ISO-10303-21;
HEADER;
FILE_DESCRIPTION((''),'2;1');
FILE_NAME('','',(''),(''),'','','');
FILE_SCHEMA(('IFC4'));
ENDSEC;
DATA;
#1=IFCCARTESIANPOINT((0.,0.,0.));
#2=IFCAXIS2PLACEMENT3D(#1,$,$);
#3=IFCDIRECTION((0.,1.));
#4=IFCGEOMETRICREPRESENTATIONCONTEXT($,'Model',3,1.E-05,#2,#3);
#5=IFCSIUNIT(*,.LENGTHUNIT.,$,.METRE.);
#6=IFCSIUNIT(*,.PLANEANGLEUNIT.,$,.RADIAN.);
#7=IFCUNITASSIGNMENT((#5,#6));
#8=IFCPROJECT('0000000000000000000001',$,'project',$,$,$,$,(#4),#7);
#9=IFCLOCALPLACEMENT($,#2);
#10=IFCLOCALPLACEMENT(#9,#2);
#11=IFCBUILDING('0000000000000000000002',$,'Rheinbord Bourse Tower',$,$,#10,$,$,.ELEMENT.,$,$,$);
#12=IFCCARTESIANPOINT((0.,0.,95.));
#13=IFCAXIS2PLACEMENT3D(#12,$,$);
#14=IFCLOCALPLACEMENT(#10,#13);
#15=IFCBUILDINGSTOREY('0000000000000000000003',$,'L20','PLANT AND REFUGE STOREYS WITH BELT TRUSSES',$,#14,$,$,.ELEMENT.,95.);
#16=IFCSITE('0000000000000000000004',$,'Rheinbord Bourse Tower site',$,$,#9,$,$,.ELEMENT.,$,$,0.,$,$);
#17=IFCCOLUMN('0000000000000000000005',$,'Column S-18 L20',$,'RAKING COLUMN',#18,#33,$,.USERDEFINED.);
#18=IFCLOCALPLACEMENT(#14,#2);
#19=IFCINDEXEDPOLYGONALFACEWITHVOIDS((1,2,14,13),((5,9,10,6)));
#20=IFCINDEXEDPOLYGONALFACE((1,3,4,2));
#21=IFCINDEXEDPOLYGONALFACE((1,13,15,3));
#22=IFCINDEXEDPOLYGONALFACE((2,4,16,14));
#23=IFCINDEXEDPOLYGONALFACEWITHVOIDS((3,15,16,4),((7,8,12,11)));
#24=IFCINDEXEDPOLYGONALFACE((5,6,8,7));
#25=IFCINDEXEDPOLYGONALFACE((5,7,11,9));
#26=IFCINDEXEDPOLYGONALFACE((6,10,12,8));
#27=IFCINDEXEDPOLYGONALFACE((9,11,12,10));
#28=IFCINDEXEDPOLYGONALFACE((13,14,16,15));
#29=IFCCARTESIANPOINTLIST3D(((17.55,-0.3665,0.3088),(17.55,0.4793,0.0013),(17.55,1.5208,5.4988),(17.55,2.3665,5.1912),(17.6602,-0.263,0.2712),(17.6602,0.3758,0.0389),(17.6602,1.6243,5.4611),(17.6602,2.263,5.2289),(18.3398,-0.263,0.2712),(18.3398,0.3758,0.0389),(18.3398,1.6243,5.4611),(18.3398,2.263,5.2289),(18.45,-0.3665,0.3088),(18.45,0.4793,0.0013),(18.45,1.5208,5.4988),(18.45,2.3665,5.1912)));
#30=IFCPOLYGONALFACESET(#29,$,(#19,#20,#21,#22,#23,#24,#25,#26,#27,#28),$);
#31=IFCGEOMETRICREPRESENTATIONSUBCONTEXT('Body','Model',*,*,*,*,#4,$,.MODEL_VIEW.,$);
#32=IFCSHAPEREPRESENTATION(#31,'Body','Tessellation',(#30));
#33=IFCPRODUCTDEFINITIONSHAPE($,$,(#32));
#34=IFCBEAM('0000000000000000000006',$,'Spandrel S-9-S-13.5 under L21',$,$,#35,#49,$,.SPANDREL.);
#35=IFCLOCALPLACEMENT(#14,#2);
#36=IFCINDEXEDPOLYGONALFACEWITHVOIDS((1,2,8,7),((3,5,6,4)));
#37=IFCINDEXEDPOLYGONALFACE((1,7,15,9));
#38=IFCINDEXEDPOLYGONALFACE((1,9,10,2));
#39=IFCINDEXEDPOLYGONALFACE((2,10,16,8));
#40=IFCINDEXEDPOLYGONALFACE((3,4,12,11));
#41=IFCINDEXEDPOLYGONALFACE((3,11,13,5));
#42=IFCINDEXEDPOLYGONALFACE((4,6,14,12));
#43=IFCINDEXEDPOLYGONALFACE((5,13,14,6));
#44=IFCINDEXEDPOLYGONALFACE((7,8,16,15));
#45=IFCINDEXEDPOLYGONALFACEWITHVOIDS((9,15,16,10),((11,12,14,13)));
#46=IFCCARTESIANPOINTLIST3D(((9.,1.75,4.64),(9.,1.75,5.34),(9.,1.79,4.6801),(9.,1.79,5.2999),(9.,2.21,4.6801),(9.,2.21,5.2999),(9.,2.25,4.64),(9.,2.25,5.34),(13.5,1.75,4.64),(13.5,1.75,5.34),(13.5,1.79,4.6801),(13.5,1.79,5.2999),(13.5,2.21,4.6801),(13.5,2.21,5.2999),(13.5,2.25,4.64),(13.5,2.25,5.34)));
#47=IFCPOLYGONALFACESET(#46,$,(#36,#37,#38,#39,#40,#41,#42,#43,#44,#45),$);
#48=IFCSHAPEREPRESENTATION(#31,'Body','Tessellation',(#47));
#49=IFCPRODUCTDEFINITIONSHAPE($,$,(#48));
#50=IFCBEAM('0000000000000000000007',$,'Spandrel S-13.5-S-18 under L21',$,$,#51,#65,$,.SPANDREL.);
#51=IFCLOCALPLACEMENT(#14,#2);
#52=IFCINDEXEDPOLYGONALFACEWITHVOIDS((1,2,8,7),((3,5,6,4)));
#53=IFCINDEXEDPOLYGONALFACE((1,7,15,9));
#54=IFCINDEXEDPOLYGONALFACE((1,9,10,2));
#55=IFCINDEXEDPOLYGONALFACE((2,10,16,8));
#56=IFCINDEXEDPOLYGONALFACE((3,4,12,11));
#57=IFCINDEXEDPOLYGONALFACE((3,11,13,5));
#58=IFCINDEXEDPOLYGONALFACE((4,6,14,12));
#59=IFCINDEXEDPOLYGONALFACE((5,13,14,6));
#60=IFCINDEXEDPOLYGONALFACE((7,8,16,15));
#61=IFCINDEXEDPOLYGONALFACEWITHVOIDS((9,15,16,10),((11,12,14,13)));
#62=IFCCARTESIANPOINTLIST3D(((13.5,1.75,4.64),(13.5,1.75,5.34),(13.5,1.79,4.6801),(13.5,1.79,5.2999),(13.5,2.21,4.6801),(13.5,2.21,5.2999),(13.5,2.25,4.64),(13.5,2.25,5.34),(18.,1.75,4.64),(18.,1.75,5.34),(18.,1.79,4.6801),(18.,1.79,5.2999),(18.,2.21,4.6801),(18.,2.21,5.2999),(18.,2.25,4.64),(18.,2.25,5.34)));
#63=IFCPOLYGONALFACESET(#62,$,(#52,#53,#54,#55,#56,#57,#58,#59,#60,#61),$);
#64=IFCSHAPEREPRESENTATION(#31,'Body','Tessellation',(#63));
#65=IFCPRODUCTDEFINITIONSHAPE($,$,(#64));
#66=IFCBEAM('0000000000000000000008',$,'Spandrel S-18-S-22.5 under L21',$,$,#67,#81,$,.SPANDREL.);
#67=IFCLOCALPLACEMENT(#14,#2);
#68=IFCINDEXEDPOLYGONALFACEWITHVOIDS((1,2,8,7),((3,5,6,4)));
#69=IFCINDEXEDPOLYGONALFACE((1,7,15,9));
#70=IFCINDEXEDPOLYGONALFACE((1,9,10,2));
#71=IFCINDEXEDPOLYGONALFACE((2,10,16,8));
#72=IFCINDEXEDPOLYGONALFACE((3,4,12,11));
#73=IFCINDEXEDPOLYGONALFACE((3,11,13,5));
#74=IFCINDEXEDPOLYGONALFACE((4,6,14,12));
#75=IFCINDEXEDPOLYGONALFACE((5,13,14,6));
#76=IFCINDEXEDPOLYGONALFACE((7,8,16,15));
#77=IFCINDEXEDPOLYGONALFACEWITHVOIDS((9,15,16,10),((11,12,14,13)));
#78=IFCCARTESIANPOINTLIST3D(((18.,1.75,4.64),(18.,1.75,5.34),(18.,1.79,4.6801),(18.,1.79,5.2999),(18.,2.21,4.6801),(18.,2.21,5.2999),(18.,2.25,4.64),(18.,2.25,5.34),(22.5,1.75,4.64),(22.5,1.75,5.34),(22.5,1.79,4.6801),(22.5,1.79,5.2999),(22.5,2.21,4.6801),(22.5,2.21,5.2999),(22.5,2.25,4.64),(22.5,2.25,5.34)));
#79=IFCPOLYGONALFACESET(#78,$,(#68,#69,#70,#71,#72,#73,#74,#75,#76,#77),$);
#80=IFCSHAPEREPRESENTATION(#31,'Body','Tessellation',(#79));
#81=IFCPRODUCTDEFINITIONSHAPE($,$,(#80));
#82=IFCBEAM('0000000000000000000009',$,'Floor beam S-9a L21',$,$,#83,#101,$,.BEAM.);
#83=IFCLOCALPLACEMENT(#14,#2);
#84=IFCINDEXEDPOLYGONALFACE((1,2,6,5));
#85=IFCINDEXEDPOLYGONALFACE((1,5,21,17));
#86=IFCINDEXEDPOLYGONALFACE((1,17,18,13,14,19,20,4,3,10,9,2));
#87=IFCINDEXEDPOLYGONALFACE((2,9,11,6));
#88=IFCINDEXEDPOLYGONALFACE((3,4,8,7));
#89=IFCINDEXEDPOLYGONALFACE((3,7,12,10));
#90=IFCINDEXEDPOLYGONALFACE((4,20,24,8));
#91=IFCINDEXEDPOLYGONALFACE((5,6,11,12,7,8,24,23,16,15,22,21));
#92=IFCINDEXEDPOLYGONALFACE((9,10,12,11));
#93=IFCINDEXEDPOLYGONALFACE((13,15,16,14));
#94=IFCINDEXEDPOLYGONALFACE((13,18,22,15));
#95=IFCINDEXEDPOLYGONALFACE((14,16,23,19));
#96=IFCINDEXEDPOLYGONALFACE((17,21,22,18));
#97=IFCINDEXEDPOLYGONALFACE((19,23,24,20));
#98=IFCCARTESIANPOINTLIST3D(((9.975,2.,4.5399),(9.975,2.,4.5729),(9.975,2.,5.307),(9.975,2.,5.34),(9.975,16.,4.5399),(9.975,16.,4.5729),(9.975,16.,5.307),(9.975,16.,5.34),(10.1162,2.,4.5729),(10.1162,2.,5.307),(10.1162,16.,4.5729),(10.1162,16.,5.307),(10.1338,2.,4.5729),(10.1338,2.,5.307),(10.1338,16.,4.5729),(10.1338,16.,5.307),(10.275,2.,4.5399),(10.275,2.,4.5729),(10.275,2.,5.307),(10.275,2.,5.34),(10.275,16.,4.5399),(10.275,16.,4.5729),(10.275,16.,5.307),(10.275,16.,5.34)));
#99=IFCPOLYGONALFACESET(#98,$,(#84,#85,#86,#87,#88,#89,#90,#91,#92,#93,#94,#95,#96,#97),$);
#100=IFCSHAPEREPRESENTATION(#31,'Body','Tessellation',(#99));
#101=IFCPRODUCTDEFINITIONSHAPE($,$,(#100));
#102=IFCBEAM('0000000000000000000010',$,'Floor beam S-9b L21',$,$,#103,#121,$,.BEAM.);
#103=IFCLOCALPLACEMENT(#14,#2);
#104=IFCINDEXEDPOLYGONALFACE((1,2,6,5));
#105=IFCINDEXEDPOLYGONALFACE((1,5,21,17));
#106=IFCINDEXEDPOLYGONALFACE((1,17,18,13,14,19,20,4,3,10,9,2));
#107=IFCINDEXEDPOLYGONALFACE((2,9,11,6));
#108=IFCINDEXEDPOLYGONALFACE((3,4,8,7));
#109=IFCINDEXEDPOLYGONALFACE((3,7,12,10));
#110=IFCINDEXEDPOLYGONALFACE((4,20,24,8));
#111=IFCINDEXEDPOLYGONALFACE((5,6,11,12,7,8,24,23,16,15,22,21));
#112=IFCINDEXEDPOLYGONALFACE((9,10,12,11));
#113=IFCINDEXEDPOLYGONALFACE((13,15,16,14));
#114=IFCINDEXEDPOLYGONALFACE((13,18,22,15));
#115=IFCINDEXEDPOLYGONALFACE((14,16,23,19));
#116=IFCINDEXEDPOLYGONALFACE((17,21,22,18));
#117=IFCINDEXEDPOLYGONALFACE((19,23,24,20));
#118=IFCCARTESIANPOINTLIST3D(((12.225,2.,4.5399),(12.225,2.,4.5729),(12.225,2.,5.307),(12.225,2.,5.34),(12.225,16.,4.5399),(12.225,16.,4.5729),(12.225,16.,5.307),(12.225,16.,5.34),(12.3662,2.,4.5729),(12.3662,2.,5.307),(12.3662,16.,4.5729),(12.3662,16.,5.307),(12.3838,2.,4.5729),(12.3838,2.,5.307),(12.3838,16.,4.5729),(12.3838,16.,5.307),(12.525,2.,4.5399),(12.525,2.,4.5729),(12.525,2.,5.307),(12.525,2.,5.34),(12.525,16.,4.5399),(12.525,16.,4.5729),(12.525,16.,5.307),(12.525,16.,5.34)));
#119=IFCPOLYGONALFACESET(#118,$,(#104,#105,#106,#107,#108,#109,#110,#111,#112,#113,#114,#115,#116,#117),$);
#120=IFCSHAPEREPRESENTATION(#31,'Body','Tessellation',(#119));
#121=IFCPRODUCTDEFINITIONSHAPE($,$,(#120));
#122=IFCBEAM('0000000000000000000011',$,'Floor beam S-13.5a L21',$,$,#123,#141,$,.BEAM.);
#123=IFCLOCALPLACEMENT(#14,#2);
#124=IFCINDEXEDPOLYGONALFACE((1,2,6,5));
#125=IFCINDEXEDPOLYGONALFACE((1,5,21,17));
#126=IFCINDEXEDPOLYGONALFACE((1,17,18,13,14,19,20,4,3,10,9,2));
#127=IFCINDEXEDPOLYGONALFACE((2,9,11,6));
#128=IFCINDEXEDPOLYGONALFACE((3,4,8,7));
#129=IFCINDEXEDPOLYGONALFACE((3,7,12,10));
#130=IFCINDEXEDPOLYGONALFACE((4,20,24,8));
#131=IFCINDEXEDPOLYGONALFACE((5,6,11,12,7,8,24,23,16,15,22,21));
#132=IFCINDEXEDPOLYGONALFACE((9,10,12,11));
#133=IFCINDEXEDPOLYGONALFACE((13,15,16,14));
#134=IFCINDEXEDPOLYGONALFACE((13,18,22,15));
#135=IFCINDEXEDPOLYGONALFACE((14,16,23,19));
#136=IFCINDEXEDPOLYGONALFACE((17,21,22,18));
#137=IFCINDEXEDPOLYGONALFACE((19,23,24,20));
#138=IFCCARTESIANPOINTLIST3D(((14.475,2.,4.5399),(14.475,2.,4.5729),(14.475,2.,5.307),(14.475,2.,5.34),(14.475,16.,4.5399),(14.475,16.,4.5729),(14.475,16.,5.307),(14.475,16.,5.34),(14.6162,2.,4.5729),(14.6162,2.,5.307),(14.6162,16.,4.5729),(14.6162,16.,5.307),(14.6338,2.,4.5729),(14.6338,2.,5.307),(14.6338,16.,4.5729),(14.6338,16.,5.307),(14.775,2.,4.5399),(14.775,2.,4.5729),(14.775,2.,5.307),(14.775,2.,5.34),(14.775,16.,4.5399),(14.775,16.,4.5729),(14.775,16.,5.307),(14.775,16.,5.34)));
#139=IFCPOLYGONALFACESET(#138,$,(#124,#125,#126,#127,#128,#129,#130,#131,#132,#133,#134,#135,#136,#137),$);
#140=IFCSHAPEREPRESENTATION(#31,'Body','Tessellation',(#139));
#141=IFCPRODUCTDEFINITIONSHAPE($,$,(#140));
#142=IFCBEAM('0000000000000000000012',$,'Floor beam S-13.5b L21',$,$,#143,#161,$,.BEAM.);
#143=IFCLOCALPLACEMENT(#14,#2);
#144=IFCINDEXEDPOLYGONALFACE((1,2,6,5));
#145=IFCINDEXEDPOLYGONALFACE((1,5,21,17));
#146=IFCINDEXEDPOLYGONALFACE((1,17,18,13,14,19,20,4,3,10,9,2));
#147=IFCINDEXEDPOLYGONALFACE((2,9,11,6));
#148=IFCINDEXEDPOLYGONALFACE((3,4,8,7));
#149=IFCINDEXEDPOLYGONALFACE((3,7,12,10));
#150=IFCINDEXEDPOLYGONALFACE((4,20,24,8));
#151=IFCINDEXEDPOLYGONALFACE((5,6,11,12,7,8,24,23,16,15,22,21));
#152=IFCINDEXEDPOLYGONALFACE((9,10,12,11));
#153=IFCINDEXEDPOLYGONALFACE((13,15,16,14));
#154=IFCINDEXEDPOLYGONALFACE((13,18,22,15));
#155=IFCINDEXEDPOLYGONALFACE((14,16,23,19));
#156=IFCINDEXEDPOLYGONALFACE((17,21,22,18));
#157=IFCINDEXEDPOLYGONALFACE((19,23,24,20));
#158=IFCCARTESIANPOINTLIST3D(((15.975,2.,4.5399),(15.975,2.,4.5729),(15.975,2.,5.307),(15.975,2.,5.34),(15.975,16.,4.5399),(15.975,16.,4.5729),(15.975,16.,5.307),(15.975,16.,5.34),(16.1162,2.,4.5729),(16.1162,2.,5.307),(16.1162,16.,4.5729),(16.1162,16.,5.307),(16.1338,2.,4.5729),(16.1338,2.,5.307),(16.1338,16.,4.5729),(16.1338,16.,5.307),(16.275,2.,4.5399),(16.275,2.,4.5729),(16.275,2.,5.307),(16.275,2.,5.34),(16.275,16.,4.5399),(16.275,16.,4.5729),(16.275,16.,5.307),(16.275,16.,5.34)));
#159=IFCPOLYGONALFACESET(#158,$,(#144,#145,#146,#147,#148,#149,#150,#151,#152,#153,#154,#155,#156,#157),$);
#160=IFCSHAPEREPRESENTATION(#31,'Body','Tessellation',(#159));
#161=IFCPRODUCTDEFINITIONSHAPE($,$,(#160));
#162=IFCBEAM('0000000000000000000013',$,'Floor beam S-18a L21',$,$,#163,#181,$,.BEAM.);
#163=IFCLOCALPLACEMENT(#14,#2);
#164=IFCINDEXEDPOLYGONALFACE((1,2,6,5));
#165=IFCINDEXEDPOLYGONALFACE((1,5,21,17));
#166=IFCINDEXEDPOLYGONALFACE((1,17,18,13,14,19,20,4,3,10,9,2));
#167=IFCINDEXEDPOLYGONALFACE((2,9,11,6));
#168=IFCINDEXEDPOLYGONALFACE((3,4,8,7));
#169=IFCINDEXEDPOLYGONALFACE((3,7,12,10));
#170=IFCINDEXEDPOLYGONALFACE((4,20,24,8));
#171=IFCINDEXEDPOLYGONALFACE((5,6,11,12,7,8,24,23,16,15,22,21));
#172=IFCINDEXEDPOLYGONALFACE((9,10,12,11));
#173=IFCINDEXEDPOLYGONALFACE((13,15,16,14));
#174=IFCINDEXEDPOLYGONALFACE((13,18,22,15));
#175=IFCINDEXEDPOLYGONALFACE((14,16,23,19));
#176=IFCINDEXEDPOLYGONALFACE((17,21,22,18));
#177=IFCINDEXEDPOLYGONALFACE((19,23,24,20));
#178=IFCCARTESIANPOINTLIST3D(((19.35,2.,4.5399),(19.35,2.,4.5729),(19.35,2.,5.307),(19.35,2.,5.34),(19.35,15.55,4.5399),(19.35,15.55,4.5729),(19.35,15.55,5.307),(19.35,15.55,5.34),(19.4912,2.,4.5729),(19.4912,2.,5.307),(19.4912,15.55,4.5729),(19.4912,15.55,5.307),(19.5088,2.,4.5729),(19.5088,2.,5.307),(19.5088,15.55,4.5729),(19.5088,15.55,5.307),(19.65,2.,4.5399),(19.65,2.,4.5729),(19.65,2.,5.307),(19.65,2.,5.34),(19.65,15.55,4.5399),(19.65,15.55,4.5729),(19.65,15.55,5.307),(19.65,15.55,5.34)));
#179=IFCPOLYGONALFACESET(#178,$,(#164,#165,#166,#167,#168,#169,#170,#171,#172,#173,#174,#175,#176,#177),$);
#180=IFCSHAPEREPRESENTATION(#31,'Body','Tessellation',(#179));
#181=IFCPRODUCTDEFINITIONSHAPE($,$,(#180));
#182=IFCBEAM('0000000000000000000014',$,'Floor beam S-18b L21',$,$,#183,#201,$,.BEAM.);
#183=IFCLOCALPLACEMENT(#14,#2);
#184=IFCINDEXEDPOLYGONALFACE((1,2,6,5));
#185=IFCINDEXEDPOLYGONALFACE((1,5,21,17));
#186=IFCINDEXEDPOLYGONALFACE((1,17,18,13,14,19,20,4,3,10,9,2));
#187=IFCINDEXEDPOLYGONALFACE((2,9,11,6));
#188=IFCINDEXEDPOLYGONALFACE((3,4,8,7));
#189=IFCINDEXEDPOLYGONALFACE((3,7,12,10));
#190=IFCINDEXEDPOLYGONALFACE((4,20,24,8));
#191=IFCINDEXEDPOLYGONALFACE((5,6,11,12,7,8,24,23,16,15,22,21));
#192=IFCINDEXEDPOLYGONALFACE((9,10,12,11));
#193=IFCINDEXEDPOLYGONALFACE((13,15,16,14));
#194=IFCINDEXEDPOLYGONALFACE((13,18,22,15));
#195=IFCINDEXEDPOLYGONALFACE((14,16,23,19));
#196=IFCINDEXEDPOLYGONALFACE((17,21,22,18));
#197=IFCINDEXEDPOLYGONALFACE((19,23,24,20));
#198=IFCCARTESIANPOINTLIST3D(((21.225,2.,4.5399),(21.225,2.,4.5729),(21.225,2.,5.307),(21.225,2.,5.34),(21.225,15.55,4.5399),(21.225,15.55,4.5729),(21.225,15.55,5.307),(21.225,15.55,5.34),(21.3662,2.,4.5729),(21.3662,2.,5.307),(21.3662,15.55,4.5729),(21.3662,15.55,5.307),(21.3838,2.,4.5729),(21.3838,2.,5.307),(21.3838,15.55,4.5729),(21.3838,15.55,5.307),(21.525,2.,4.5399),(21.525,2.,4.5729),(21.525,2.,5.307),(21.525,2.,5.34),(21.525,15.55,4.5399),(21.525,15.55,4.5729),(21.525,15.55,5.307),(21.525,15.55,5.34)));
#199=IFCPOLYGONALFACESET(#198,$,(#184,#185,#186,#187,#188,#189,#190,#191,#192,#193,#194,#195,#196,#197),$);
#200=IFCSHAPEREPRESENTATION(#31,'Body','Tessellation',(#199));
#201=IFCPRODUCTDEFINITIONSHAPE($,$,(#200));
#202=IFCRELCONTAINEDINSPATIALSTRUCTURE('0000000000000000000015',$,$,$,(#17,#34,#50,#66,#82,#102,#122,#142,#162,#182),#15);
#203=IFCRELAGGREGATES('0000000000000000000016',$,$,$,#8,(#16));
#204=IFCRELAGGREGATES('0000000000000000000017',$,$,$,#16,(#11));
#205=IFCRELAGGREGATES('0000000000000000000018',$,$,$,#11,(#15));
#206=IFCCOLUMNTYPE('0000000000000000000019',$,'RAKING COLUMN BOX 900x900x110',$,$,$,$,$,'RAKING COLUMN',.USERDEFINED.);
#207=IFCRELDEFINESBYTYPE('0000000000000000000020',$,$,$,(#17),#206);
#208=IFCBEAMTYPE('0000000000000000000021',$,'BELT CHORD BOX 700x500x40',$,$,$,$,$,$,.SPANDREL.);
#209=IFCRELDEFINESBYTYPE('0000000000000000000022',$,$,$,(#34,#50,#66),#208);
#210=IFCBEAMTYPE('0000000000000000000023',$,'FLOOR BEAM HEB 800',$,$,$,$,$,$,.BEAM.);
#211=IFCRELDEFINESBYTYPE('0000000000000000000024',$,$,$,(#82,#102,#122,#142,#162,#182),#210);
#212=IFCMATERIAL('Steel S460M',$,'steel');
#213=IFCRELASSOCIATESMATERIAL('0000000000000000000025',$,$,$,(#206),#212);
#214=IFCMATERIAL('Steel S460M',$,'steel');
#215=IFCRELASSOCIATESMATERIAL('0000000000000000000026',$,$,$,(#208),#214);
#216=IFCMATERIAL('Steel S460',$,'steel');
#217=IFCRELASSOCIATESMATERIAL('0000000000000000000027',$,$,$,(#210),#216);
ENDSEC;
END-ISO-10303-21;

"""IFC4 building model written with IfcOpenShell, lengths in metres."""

from ifc_helpers import new_model, si_unit, direction, frame, origin, origin_2d, place, context, subcontext, project, spatial, hollow_rectangle, i_section, extrude, material, material_profile, profile_set, type_object, element, save


model = new_model("IFC4")

# Units and contexts
model_context = context("Model", 3, precision=1e-05, world=origin(), true_north=direction((0.0, 1.0)))
body_context = subcontext(model_context, "Body", "Model", "MODEL_VIEW")
ifc_project = project(units=[si_unit("LENGTHUNIT", "METRE"), si_unit("PLANEANGLEUNIT", "RADIAN")], contexts=[model_context])

# Site, building, storey
site_placement = place(None, origin())
site = spatial("IfcSite", under=ifc_project, at=site_placement, Name="Rheinbord Bourse Tower site", CompositionType="ELEMENT", RefElevation=0.0)
building_placement = place(site_placement, origin())
building = spatial("IfcBuilding", under=site, at=building_placement, Name="Rheinbord Bourse Tower", CompositionType="ELEMENT")
storey_placement = place(building_placement, frame((0.0, 0.0, 95.0)))
storey = spatial("IfcBuildingStorey", under=building, at=storey_placement, Name="L20", Description="PLANT AND REFUGE STOREYS WITH BELT TRUSSES", CompositionType="ELEMENT", Elevation=95.0)

# Column
ifc_material_1 = material(Name="Steel S460M", Category="steel")
ifc_material_profile_1 = material_profile(ifc_material_1, hollow_rectangle(XDim=0.8999, YDim=0.8999, WallThickness=0.1101, at=origin_2d()), Name="BOX 900x900x110")
ifc_profile_set_1 = profile_set([ifc_material_profile_1], Name="Steel S460M")
column_type = type_object("IfcColumnType", Name="RAKING COLUMN BOX 900x900x110", ElementType="RAKING COLUMN", PredefinedType="USERDEFINED", material=ifc_profile_set_1)
column_placement = place(storey_placement, frame((18.0, 0.0564, 0.155), z_axis=(0.0, 0.341743, 0.939793), x_axis=(0.0, -0.939793, 0.341743)))
element("IfcColumn", 1, at=column_placement, inside=storey, type_object=column_type, Name="Column S-18 L20", ObjectType="RAKING COLUMN", PredefinedType="USERDEFINED", context=body_context, shape_type="SweptSolid", body=[
    extrude(hollow_rectangle(XDim=0.8999, YDim=0.8999, WallThickness=0.1101, at=origin_2d()), origin(), (0.0, 0.0, 1.0), 5.5225),
])

# Beams
ifc_material_2 = material(Name="Steel S460M", Category="steel")
ifc_material_profile_2 = material_profile(ifc_material_2, hollow_rectangle(XDim=0.5, YDim=0.7, WallThickness=0.04, at=origin_2d()), Name="BOX 700x500x40")
ifc_profile_set_2 = profile_set([ifc_material_profile_2], Name="Steel S460M")
beam_type_1 = type_object("IfcBeamType", Name="BELT CHORD BOX 700x500x40", PredefinedType="SPANDREL", material=ifc_profile_set_2)
for number, where, z_axis, x_axis, name in (
    (2, (9.0, 2.0, 4.99), (1.0, 0.0, 0.0), (0.0, 1.0, 0.0), "Spandrel S-9-S-13.5 under L21"),
    (3, (13.5, 2.0, 4.99), (1.0, 0.0, 0.0), (0.0, 1.0, 0.0), "Spandrel S-13.5-S-18 under L21"),
    (4, (18.0, 2.0, 4.99), (1.0, 0.0, 0.0), (0.0, 1.0, 0.0), "Spandrel S-18-S-22.5 under L21"),
):
    element("IfcBeam", number, at=place(storey_placement, frame(where, z_axis=z_axis, x_axis=x_axis)), inside=storey, type_object=beam_type_1, Name=name, PredefinedType="SPANDREL", context=body_context, shape_type="SweptSolid", body=[
        extrude(hollow_rectangle(XDim=0.5, YDim=0.7, WallThickness=0.04, at=origin_2d()), origin(), (0.0, 0.0, 1.0), 4.5),
    ])
ifc_material_3 = material(Name="Steel S460", Category="steel")
ifc_material_profile_3 = material_profile(ifc_material_3, i_section(OverallWidth=0.3, OverallDepth=0.8, WebThickness=0.0176, FlangeThickness=0.033, at=origin_2d()), Name="HEB 800")
ifc_profile_set_3 = profile_set([ifc_material_profile_3], Name="Steel S460")
beam_type_2 = type_object("IfcBeamType", Name="FLOOR BEAM HEB 800", PredefinedType="BEAM", material=ifc_profile_set_3)
for number, where, z_axis, x_axis, name in (
    (5, (10.125, 2.0, 4.9399), (0.0, 1.0, 0.0), (-1.0, 0.0, 0.0), "Floor beam S-9a L21"),
    (6, (12.375, 2.0, 4.9399), (0.0, 1.0, 0.0), (-1.0, 0.0, 0.0), "Floor beam S-9b L21"),
    (7, (14.625, 2.0, 4.9399), (0.0, 1.0, 0.0), (-1.0, 0.0, 0.0), "Floor beam S-13.5a L21"),
    (8, (16.125, 2.0, 4.9399), (0.0, 1.0, 0.0), (-1.0, 0.0, 0.0), "Floor beam S-13.5b L21"),
):
    element("IfcBeam", number, at=place(storey_placement, frame(where, z_axis=z_axis, x_axis=x_axis)), inside=storey, type_object=beam_type_2, Name=name, PredefinedType="BEAM", context=body_context, shape_type="SweptSolid", body=[
        extrude(i_section(OverallWidth=0.3, OverallDepth=0.8, WebThickness=0.0176, FlangeThickness=0.033, at=origin_2d()), origin(), (0.0, 0.0, 1.0), 14.0),
    ])
for number, where, z_axis, x_axis, name in (
    (9, (19.5, 2.0, 4.9399), (0.0, 1.0, 0.0), (-1.0, 0.0, 0.0), "Floor beam S-18a L21"),
    (10, (21.375, 2.0, 4.9399), (0.0, 1.0, 0.0), (-1.0, 0.0, 0.0), "Floor beam S-18b L21"),
):
    element("IfcBeam", number, at=place(storey_placement, frame(where, z_axis=z_axis, x_axis=x_axis)), inside=storey, type_object=beam_type_2, Name=name, PredefinedType="BEAM", context=body_context, shape_type="SweptSolid", body=[
        extrude(i_section(OverallWidth=0.3, OverallDepth=0.8, WebThickness=0.0176, FlangeThickness=0.033, at=origin_2d()), origin(), (0.0, 0.0, 1.0), 13.55),
    ])

save(model, "model.ifc")
